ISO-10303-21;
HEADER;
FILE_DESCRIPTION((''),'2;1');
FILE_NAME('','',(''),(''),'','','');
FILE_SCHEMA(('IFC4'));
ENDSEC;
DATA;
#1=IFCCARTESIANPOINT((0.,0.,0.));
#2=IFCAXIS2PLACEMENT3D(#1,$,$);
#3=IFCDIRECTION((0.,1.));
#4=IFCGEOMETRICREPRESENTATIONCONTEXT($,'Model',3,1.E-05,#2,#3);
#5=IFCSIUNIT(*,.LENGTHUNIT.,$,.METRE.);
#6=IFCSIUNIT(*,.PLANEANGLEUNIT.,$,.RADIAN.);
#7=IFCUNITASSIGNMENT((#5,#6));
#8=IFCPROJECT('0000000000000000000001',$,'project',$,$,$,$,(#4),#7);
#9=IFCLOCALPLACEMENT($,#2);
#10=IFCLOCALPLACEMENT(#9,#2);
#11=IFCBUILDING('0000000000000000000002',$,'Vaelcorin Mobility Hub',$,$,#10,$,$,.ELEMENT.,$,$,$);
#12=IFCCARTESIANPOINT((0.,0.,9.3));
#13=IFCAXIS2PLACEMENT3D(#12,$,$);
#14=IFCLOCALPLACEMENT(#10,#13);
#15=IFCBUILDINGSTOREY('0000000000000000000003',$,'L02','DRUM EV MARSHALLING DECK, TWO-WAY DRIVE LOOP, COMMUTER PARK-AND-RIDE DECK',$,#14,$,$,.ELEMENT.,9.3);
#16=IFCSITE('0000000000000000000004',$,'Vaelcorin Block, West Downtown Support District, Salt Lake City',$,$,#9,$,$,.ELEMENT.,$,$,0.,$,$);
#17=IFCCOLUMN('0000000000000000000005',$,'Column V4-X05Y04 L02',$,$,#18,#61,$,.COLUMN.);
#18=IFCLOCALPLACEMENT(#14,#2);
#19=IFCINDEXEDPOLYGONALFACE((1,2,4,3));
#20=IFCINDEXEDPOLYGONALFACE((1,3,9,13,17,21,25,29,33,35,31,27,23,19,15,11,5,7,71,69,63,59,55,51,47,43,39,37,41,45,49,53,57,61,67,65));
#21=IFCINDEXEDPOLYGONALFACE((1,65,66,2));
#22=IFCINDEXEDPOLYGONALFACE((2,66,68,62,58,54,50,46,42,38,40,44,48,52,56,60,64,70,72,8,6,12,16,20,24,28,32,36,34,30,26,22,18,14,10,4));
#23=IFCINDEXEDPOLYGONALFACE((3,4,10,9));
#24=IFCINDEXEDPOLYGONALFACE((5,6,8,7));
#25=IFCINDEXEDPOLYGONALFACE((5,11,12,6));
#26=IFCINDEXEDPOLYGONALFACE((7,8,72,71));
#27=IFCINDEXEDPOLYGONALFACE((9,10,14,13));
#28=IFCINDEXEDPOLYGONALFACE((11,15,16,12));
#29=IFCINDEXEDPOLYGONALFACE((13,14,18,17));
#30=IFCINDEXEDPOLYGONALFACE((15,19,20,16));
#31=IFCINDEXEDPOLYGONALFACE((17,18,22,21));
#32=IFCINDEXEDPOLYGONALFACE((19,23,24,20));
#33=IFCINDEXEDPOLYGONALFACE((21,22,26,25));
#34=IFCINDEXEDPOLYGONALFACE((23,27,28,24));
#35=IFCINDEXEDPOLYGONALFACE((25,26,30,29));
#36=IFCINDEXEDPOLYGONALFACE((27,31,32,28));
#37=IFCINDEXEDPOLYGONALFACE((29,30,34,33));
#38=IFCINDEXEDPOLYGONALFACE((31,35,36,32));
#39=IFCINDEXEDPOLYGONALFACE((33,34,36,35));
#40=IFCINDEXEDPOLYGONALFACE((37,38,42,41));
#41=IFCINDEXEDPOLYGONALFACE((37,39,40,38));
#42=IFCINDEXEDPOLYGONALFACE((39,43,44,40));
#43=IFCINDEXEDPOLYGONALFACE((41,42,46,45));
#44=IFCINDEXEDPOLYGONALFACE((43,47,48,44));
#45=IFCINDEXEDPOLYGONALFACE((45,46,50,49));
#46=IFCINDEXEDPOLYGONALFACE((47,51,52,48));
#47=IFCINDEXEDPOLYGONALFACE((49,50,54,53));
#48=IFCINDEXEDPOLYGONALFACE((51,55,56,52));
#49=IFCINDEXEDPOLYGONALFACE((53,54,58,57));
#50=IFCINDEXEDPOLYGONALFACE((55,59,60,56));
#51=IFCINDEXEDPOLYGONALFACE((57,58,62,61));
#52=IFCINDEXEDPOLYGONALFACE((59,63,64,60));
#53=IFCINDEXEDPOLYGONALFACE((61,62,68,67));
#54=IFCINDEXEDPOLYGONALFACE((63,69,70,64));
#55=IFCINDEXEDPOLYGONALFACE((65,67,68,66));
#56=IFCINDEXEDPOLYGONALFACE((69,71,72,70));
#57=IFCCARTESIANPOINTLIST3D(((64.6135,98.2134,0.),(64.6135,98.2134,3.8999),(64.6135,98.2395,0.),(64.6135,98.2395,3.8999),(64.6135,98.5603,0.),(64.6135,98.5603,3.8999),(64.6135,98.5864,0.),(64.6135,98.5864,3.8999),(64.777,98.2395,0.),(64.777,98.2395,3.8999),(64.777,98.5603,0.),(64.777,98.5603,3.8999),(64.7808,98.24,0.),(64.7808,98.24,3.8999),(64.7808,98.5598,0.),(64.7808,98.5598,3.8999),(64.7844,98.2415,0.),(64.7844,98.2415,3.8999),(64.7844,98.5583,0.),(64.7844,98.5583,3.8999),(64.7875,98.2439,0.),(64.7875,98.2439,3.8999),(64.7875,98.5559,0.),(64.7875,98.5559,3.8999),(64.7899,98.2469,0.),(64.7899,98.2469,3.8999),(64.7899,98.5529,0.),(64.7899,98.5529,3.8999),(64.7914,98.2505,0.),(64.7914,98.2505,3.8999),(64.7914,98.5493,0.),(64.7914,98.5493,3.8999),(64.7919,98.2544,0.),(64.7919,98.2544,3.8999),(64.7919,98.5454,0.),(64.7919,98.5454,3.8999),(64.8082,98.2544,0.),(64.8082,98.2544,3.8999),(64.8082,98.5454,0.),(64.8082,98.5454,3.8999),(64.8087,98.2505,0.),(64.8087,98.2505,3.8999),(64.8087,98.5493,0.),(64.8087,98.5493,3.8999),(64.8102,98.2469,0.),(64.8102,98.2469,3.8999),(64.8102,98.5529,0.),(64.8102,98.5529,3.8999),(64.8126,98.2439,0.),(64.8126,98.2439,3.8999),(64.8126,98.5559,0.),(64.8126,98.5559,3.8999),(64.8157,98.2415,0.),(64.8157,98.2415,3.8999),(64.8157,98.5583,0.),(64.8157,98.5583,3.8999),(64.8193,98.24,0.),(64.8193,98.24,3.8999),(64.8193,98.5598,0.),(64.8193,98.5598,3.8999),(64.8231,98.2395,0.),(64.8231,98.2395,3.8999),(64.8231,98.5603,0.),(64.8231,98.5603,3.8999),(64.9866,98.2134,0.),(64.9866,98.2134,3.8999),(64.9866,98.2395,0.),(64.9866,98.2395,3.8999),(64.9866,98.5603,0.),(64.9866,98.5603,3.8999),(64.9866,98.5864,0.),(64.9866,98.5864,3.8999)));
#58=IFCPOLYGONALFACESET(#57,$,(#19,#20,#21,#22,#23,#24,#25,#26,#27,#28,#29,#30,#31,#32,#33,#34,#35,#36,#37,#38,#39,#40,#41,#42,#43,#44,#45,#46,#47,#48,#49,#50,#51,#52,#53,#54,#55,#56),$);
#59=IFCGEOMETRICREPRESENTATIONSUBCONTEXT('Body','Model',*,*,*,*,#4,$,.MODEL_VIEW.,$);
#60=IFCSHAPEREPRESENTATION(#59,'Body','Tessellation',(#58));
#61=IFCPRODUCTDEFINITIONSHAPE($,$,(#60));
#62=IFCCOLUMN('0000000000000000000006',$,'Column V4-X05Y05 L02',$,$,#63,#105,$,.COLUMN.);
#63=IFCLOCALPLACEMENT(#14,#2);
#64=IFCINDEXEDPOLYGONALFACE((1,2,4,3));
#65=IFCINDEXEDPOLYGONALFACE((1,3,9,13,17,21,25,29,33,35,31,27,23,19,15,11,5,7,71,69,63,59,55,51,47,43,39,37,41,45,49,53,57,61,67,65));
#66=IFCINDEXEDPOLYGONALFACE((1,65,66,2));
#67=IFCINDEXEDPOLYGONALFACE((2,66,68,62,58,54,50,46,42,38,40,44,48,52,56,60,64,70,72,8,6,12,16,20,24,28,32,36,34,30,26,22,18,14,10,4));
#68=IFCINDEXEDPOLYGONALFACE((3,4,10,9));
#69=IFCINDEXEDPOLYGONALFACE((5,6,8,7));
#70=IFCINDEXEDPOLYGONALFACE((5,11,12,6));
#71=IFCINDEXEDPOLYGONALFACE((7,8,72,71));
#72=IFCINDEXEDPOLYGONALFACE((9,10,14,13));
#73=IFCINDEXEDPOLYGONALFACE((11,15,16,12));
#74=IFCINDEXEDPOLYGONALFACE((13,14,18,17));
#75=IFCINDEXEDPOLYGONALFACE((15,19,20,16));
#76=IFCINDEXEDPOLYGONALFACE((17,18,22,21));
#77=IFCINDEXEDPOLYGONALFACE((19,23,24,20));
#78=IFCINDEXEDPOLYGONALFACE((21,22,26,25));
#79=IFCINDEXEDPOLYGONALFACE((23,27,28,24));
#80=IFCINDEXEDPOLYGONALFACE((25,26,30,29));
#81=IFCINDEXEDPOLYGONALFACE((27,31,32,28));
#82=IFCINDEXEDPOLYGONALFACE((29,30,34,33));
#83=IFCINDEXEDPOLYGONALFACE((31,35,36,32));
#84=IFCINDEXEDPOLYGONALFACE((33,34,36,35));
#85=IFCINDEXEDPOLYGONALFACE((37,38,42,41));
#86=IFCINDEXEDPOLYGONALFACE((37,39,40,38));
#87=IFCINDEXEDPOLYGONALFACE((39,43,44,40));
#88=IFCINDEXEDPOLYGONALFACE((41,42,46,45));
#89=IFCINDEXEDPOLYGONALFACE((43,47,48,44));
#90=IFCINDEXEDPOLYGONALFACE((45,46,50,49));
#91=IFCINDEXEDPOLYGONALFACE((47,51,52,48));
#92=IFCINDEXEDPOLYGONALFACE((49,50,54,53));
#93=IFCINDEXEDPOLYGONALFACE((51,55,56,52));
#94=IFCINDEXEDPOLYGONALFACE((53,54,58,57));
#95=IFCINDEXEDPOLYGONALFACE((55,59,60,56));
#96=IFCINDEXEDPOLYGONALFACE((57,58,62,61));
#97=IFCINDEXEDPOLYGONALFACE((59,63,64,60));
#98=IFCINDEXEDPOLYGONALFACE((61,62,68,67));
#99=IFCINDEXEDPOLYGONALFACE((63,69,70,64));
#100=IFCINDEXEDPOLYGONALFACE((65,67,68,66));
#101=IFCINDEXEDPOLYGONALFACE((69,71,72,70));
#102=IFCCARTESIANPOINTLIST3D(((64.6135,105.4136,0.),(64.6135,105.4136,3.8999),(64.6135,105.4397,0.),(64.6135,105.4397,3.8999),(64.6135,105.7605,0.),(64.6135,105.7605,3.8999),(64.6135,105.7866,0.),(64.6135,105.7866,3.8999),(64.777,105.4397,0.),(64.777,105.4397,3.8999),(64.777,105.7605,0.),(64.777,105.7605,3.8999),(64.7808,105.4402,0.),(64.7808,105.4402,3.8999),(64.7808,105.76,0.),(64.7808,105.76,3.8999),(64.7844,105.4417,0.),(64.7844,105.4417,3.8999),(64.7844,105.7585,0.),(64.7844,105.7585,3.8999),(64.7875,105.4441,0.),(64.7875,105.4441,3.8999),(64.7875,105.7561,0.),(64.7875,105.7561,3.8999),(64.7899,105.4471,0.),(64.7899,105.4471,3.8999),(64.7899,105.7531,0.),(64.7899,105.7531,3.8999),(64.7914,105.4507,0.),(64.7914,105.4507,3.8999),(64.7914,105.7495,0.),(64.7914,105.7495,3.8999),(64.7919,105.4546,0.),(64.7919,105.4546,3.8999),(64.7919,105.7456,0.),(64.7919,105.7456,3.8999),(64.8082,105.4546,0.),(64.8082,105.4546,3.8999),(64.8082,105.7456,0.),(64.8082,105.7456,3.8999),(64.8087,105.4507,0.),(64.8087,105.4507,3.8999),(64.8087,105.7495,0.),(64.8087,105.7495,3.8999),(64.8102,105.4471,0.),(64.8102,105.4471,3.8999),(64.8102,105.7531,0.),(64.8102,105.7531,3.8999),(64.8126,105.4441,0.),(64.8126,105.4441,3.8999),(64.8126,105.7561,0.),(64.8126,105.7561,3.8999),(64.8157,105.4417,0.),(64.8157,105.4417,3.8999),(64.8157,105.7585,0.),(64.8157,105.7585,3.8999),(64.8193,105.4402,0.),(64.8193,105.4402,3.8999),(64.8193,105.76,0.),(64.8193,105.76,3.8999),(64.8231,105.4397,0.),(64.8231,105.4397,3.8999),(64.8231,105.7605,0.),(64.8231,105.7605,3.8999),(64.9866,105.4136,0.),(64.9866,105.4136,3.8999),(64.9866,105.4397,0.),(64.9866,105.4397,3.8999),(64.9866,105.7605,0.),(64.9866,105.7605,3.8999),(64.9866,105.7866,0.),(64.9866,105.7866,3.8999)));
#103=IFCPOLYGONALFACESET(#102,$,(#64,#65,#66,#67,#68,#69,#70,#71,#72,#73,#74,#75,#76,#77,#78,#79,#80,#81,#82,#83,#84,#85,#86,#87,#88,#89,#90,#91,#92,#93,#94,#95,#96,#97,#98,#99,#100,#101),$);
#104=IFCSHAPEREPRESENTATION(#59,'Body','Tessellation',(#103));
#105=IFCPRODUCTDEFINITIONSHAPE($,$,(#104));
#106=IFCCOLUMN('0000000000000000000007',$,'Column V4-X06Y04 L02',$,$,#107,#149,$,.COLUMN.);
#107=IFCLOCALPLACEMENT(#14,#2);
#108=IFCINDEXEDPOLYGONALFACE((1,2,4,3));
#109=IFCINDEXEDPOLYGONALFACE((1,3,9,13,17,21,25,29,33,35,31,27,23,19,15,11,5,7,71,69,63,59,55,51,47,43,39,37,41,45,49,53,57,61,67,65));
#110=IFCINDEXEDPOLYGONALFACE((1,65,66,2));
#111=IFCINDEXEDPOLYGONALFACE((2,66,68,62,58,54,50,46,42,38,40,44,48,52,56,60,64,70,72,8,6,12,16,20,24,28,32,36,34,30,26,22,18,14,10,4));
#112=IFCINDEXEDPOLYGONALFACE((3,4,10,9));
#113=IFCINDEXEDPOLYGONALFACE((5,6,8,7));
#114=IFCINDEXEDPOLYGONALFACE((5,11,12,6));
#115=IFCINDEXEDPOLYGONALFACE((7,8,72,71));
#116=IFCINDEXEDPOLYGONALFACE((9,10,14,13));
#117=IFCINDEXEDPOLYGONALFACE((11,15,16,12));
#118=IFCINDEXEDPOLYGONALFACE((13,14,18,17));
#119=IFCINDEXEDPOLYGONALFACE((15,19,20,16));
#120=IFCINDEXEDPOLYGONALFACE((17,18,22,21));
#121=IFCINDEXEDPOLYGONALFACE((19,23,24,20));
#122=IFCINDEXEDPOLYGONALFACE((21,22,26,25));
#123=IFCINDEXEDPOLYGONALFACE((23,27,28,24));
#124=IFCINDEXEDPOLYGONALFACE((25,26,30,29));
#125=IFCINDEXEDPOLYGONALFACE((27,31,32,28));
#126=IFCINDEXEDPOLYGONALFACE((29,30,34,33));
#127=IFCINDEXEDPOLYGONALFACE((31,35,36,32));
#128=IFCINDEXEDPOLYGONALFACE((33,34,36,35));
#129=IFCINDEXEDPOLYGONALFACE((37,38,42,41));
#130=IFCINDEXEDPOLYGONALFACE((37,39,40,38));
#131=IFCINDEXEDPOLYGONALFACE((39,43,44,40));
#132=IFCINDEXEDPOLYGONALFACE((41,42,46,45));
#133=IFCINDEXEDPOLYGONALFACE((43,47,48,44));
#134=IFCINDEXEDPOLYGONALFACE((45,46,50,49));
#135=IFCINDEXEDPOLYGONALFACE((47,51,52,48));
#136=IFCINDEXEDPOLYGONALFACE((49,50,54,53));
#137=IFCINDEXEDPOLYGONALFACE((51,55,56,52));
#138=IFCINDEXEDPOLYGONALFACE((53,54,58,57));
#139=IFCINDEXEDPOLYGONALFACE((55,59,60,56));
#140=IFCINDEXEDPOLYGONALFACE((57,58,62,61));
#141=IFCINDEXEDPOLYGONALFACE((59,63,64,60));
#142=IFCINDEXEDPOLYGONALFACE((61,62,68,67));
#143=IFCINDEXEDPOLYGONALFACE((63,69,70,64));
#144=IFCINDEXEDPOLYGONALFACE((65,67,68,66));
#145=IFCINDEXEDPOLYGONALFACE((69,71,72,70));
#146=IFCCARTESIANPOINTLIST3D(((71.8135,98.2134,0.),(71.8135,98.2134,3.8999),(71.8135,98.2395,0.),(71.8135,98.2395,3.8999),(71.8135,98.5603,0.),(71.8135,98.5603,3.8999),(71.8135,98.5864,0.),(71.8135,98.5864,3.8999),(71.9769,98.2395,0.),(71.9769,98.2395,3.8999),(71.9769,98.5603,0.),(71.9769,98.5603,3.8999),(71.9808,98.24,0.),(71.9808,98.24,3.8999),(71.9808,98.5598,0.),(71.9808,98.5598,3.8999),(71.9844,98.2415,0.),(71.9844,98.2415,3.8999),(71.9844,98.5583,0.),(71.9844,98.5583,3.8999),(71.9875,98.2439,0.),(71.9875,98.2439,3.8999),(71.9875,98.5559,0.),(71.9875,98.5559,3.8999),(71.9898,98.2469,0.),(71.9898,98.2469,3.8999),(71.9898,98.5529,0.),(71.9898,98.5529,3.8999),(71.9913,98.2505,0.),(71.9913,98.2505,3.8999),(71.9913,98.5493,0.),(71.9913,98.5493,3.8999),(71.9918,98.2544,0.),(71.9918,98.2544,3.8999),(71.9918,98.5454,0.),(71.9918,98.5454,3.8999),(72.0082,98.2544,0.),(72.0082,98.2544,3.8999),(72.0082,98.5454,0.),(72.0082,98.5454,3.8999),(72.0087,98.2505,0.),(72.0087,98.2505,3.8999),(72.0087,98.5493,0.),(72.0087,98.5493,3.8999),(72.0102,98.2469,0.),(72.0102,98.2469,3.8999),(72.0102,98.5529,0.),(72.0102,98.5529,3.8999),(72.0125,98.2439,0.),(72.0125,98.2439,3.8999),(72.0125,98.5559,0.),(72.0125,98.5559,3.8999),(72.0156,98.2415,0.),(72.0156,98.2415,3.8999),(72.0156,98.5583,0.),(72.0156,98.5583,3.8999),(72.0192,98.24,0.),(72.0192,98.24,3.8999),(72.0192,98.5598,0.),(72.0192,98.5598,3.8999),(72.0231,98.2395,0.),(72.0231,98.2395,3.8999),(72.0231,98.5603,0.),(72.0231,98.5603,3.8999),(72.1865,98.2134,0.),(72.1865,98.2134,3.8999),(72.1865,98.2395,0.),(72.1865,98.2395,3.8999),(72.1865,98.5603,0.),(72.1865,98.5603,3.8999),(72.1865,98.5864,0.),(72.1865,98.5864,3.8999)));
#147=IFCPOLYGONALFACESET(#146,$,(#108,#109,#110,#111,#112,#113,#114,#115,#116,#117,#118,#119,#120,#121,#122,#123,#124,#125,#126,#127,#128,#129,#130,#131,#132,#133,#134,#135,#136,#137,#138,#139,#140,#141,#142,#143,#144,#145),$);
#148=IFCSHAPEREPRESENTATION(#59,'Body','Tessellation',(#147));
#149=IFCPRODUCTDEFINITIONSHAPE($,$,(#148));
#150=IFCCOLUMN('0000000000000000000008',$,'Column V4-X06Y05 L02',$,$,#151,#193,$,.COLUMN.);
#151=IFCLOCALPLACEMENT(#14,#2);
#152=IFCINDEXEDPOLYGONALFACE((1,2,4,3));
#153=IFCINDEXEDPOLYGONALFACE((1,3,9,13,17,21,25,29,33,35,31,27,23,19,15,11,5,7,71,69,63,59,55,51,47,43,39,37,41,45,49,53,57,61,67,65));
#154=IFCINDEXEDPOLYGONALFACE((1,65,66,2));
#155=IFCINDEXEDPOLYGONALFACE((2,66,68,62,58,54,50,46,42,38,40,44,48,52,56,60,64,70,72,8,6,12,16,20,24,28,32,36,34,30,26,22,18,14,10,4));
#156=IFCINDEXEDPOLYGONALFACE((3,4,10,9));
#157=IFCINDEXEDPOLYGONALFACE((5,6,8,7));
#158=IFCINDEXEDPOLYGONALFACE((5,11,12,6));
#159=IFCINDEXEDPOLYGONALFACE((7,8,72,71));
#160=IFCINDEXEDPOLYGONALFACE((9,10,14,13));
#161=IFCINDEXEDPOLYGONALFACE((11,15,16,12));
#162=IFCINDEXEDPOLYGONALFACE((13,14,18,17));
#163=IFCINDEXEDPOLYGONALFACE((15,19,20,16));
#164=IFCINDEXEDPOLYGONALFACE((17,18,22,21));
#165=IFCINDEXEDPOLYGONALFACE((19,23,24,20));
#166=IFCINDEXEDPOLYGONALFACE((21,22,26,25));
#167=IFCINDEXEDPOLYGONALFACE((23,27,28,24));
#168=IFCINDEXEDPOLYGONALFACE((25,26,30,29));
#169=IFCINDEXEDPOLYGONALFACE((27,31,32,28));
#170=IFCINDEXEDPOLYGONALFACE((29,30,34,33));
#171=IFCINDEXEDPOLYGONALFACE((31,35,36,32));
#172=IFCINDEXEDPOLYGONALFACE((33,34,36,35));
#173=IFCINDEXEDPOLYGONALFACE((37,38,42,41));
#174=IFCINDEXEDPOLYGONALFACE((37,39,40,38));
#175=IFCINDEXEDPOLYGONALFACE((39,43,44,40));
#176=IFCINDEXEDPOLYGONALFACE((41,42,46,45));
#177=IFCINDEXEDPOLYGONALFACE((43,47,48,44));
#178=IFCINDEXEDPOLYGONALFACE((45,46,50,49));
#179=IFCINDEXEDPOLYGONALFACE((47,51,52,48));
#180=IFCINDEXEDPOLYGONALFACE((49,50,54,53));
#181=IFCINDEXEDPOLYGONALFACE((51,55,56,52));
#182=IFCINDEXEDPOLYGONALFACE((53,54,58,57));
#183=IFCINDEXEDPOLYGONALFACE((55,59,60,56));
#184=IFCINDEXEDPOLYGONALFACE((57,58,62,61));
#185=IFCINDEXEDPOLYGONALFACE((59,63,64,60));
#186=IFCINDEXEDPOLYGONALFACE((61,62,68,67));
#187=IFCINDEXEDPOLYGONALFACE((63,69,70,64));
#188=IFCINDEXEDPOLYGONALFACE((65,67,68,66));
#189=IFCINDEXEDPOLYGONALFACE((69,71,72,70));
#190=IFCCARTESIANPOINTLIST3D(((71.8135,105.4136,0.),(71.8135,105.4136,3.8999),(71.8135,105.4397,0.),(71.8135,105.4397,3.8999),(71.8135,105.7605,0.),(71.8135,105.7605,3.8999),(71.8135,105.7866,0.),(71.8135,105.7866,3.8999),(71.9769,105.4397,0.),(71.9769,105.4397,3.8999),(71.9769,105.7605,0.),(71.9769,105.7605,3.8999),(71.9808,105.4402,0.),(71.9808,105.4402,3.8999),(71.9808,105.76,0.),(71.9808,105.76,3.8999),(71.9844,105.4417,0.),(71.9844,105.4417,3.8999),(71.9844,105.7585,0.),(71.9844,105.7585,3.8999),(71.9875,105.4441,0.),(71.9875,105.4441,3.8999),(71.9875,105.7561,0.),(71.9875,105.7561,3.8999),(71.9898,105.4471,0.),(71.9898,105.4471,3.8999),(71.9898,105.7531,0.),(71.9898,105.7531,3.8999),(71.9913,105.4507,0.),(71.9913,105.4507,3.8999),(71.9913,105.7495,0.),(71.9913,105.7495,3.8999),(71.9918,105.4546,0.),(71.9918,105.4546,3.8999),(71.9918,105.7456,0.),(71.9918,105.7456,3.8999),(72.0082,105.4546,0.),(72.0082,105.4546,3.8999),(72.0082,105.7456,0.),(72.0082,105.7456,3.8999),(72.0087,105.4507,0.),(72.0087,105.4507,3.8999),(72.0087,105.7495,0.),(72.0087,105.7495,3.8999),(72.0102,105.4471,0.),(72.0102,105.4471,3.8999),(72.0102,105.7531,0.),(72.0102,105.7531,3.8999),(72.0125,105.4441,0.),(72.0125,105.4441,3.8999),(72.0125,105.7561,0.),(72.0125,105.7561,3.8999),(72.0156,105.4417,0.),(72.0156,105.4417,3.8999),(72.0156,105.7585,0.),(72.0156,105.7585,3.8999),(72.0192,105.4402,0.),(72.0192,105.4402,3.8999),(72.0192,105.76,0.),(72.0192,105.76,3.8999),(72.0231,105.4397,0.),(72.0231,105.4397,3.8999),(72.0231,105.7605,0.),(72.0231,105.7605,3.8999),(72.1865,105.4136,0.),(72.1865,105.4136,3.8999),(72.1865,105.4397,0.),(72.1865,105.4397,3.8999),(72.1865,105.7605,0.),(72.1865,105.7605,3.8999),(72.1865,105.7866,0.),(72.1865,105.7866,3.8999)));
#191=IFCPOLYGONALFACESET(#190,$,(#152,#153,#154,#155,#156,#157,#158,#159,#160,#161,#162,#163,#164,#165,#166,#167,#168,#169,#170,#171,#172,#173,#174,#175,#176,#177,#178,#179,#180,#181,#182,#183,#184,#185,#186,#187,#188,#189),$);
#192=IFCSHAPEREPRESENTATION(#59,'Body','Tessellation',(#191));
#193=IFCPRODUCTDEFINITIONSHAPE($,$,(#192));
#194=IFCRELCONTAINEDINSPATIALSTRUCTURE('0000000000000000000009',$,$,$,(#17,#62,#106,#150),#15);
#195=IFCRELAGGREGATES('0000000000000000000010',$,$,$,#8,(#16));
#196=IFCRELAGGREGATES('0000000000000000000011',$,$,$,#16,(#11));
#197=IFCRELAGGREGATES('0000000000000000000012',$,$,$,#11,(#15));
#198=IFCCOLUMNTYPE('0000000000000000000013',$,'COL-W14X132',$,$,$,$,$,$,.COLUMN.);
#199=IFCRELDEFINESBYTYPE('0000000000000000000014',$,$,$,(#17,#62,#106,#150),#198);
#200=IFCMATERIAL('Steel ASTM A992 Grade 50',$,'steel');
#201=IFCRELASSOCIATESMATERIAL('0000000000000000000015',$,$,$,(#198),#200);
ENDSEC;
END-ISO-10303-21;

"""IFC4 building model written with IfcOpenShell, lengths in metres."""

from ifc_helpers import new_model, si_unit, direction, frame, origin, origin_2d, place, context, subcontext, project, spatial, i_section, extrude, material, material_profile, profile_set, type_object, element, save


model = new_model("IFC4")

# Units and contexts
model_context = context("Model", 3, precision=1e-05, world=origin(), true_north=direction((0.0, 1.0)))
body_context = subcontext(model_context, "Body", "Model", "MODEL_VIEW")
ifc_project = project(units=[si_unit("LENGTHUNIT", "METRE"), si_unit("PLANEANGLEUNIT", "RADIAN")], contexts=[model_context])

# Site, building, storey
site_placement = place(None, origin())
site = spatial("IfcSite", under=ifc_project, at=site_placement, Name="Vaelcorin Block, West Downtown Support District, Salt Lake City", CompositionType="ELEMENT", RefElevation=0.0)
building_placement = place(site_placement, origin())
building = spatial("IfcBuilding", under=site, at=building_placement, Name="Vaelcorin Mobility Hub", CompositionType="ELEMENT")
storey_placement = place(building_placement, frame((0.0, 0.0, 9.3)))
storey = spatial("IfcBuildingStorey", under=building, at=storey_placement, Name="L02", Description="DRUM EV MARSHALLING DECK, TWO-WAY DRIVE LOOP, COMMUTER PARK-AND-RIDE DECK", CompositionType="ELEMENT", Elevation=9.3)

# Columns
ifc_material_1 = material(Name="Steel ASTM A992 Grade 50", Category="steel")
ifc_material_profile_1 = material_profile(ifc_material_1, i_section(OverallWidth=0.373, OverallDepth=0.373, WebThickness=0.0164, FlangeThickness=0.0261, FilletRadius=0.0149, at=origin_2d()), Name="W14X132")
ifc_profile_set_1 = profile_set([ifc_material_profile_1], Name="Steel ASTM A992 Grade 50")
column_type_1 = type_object("IfcColumnType", Name="COL-W14X132", PredefinedType="COLUMN", material=ifc_profile_set_1)
for number, where, z_axis, x_axis, name in (
    (1, (64.8, 98.3999, 0.0), (0.0, 0.0, 1.0), (1.0, 0.0, 0.0), "Column V4-X05Y04 L02"),
    (2, (64.8, 105.6001, 0.0), (0.0, 0.0, 1.0), (1.0, 0.0, 0.0), "Column V4-X05Y05 L02"),
    (3, (72.0, 98.3999, 0.0), (0.0, 0.0, 1.0), (1.0, 0.0, 0.0), "Column V4-X06Y04 L02"),
    (4, (72.0, 105.6001, 0.0), (0.0, 0.0, 1.0), (1.0, 0.0, 0.0), "Column V4-X06Y05 L02"),
):
    element("IfcColumn", number, at=place(storey_placement, frame(where, z_axis=z_axis, x_axis=x_axis)), inside=storey, type_object=column_type_1, Name=name, PredefinedType="COLUMN", context=body_context, shape_type="SweptSolid", body=[
        extrude(i_section(OverallWidth=0.373, OverallDepth=0.373, WebThickness=0.0164, FlangeThickness=0.0261, FilletRadius=0.0149, at=origin_2d()), origin(), (0.0, 0.0, 1.0), 3.8999),
    ])

save(model, "model.ifc")
